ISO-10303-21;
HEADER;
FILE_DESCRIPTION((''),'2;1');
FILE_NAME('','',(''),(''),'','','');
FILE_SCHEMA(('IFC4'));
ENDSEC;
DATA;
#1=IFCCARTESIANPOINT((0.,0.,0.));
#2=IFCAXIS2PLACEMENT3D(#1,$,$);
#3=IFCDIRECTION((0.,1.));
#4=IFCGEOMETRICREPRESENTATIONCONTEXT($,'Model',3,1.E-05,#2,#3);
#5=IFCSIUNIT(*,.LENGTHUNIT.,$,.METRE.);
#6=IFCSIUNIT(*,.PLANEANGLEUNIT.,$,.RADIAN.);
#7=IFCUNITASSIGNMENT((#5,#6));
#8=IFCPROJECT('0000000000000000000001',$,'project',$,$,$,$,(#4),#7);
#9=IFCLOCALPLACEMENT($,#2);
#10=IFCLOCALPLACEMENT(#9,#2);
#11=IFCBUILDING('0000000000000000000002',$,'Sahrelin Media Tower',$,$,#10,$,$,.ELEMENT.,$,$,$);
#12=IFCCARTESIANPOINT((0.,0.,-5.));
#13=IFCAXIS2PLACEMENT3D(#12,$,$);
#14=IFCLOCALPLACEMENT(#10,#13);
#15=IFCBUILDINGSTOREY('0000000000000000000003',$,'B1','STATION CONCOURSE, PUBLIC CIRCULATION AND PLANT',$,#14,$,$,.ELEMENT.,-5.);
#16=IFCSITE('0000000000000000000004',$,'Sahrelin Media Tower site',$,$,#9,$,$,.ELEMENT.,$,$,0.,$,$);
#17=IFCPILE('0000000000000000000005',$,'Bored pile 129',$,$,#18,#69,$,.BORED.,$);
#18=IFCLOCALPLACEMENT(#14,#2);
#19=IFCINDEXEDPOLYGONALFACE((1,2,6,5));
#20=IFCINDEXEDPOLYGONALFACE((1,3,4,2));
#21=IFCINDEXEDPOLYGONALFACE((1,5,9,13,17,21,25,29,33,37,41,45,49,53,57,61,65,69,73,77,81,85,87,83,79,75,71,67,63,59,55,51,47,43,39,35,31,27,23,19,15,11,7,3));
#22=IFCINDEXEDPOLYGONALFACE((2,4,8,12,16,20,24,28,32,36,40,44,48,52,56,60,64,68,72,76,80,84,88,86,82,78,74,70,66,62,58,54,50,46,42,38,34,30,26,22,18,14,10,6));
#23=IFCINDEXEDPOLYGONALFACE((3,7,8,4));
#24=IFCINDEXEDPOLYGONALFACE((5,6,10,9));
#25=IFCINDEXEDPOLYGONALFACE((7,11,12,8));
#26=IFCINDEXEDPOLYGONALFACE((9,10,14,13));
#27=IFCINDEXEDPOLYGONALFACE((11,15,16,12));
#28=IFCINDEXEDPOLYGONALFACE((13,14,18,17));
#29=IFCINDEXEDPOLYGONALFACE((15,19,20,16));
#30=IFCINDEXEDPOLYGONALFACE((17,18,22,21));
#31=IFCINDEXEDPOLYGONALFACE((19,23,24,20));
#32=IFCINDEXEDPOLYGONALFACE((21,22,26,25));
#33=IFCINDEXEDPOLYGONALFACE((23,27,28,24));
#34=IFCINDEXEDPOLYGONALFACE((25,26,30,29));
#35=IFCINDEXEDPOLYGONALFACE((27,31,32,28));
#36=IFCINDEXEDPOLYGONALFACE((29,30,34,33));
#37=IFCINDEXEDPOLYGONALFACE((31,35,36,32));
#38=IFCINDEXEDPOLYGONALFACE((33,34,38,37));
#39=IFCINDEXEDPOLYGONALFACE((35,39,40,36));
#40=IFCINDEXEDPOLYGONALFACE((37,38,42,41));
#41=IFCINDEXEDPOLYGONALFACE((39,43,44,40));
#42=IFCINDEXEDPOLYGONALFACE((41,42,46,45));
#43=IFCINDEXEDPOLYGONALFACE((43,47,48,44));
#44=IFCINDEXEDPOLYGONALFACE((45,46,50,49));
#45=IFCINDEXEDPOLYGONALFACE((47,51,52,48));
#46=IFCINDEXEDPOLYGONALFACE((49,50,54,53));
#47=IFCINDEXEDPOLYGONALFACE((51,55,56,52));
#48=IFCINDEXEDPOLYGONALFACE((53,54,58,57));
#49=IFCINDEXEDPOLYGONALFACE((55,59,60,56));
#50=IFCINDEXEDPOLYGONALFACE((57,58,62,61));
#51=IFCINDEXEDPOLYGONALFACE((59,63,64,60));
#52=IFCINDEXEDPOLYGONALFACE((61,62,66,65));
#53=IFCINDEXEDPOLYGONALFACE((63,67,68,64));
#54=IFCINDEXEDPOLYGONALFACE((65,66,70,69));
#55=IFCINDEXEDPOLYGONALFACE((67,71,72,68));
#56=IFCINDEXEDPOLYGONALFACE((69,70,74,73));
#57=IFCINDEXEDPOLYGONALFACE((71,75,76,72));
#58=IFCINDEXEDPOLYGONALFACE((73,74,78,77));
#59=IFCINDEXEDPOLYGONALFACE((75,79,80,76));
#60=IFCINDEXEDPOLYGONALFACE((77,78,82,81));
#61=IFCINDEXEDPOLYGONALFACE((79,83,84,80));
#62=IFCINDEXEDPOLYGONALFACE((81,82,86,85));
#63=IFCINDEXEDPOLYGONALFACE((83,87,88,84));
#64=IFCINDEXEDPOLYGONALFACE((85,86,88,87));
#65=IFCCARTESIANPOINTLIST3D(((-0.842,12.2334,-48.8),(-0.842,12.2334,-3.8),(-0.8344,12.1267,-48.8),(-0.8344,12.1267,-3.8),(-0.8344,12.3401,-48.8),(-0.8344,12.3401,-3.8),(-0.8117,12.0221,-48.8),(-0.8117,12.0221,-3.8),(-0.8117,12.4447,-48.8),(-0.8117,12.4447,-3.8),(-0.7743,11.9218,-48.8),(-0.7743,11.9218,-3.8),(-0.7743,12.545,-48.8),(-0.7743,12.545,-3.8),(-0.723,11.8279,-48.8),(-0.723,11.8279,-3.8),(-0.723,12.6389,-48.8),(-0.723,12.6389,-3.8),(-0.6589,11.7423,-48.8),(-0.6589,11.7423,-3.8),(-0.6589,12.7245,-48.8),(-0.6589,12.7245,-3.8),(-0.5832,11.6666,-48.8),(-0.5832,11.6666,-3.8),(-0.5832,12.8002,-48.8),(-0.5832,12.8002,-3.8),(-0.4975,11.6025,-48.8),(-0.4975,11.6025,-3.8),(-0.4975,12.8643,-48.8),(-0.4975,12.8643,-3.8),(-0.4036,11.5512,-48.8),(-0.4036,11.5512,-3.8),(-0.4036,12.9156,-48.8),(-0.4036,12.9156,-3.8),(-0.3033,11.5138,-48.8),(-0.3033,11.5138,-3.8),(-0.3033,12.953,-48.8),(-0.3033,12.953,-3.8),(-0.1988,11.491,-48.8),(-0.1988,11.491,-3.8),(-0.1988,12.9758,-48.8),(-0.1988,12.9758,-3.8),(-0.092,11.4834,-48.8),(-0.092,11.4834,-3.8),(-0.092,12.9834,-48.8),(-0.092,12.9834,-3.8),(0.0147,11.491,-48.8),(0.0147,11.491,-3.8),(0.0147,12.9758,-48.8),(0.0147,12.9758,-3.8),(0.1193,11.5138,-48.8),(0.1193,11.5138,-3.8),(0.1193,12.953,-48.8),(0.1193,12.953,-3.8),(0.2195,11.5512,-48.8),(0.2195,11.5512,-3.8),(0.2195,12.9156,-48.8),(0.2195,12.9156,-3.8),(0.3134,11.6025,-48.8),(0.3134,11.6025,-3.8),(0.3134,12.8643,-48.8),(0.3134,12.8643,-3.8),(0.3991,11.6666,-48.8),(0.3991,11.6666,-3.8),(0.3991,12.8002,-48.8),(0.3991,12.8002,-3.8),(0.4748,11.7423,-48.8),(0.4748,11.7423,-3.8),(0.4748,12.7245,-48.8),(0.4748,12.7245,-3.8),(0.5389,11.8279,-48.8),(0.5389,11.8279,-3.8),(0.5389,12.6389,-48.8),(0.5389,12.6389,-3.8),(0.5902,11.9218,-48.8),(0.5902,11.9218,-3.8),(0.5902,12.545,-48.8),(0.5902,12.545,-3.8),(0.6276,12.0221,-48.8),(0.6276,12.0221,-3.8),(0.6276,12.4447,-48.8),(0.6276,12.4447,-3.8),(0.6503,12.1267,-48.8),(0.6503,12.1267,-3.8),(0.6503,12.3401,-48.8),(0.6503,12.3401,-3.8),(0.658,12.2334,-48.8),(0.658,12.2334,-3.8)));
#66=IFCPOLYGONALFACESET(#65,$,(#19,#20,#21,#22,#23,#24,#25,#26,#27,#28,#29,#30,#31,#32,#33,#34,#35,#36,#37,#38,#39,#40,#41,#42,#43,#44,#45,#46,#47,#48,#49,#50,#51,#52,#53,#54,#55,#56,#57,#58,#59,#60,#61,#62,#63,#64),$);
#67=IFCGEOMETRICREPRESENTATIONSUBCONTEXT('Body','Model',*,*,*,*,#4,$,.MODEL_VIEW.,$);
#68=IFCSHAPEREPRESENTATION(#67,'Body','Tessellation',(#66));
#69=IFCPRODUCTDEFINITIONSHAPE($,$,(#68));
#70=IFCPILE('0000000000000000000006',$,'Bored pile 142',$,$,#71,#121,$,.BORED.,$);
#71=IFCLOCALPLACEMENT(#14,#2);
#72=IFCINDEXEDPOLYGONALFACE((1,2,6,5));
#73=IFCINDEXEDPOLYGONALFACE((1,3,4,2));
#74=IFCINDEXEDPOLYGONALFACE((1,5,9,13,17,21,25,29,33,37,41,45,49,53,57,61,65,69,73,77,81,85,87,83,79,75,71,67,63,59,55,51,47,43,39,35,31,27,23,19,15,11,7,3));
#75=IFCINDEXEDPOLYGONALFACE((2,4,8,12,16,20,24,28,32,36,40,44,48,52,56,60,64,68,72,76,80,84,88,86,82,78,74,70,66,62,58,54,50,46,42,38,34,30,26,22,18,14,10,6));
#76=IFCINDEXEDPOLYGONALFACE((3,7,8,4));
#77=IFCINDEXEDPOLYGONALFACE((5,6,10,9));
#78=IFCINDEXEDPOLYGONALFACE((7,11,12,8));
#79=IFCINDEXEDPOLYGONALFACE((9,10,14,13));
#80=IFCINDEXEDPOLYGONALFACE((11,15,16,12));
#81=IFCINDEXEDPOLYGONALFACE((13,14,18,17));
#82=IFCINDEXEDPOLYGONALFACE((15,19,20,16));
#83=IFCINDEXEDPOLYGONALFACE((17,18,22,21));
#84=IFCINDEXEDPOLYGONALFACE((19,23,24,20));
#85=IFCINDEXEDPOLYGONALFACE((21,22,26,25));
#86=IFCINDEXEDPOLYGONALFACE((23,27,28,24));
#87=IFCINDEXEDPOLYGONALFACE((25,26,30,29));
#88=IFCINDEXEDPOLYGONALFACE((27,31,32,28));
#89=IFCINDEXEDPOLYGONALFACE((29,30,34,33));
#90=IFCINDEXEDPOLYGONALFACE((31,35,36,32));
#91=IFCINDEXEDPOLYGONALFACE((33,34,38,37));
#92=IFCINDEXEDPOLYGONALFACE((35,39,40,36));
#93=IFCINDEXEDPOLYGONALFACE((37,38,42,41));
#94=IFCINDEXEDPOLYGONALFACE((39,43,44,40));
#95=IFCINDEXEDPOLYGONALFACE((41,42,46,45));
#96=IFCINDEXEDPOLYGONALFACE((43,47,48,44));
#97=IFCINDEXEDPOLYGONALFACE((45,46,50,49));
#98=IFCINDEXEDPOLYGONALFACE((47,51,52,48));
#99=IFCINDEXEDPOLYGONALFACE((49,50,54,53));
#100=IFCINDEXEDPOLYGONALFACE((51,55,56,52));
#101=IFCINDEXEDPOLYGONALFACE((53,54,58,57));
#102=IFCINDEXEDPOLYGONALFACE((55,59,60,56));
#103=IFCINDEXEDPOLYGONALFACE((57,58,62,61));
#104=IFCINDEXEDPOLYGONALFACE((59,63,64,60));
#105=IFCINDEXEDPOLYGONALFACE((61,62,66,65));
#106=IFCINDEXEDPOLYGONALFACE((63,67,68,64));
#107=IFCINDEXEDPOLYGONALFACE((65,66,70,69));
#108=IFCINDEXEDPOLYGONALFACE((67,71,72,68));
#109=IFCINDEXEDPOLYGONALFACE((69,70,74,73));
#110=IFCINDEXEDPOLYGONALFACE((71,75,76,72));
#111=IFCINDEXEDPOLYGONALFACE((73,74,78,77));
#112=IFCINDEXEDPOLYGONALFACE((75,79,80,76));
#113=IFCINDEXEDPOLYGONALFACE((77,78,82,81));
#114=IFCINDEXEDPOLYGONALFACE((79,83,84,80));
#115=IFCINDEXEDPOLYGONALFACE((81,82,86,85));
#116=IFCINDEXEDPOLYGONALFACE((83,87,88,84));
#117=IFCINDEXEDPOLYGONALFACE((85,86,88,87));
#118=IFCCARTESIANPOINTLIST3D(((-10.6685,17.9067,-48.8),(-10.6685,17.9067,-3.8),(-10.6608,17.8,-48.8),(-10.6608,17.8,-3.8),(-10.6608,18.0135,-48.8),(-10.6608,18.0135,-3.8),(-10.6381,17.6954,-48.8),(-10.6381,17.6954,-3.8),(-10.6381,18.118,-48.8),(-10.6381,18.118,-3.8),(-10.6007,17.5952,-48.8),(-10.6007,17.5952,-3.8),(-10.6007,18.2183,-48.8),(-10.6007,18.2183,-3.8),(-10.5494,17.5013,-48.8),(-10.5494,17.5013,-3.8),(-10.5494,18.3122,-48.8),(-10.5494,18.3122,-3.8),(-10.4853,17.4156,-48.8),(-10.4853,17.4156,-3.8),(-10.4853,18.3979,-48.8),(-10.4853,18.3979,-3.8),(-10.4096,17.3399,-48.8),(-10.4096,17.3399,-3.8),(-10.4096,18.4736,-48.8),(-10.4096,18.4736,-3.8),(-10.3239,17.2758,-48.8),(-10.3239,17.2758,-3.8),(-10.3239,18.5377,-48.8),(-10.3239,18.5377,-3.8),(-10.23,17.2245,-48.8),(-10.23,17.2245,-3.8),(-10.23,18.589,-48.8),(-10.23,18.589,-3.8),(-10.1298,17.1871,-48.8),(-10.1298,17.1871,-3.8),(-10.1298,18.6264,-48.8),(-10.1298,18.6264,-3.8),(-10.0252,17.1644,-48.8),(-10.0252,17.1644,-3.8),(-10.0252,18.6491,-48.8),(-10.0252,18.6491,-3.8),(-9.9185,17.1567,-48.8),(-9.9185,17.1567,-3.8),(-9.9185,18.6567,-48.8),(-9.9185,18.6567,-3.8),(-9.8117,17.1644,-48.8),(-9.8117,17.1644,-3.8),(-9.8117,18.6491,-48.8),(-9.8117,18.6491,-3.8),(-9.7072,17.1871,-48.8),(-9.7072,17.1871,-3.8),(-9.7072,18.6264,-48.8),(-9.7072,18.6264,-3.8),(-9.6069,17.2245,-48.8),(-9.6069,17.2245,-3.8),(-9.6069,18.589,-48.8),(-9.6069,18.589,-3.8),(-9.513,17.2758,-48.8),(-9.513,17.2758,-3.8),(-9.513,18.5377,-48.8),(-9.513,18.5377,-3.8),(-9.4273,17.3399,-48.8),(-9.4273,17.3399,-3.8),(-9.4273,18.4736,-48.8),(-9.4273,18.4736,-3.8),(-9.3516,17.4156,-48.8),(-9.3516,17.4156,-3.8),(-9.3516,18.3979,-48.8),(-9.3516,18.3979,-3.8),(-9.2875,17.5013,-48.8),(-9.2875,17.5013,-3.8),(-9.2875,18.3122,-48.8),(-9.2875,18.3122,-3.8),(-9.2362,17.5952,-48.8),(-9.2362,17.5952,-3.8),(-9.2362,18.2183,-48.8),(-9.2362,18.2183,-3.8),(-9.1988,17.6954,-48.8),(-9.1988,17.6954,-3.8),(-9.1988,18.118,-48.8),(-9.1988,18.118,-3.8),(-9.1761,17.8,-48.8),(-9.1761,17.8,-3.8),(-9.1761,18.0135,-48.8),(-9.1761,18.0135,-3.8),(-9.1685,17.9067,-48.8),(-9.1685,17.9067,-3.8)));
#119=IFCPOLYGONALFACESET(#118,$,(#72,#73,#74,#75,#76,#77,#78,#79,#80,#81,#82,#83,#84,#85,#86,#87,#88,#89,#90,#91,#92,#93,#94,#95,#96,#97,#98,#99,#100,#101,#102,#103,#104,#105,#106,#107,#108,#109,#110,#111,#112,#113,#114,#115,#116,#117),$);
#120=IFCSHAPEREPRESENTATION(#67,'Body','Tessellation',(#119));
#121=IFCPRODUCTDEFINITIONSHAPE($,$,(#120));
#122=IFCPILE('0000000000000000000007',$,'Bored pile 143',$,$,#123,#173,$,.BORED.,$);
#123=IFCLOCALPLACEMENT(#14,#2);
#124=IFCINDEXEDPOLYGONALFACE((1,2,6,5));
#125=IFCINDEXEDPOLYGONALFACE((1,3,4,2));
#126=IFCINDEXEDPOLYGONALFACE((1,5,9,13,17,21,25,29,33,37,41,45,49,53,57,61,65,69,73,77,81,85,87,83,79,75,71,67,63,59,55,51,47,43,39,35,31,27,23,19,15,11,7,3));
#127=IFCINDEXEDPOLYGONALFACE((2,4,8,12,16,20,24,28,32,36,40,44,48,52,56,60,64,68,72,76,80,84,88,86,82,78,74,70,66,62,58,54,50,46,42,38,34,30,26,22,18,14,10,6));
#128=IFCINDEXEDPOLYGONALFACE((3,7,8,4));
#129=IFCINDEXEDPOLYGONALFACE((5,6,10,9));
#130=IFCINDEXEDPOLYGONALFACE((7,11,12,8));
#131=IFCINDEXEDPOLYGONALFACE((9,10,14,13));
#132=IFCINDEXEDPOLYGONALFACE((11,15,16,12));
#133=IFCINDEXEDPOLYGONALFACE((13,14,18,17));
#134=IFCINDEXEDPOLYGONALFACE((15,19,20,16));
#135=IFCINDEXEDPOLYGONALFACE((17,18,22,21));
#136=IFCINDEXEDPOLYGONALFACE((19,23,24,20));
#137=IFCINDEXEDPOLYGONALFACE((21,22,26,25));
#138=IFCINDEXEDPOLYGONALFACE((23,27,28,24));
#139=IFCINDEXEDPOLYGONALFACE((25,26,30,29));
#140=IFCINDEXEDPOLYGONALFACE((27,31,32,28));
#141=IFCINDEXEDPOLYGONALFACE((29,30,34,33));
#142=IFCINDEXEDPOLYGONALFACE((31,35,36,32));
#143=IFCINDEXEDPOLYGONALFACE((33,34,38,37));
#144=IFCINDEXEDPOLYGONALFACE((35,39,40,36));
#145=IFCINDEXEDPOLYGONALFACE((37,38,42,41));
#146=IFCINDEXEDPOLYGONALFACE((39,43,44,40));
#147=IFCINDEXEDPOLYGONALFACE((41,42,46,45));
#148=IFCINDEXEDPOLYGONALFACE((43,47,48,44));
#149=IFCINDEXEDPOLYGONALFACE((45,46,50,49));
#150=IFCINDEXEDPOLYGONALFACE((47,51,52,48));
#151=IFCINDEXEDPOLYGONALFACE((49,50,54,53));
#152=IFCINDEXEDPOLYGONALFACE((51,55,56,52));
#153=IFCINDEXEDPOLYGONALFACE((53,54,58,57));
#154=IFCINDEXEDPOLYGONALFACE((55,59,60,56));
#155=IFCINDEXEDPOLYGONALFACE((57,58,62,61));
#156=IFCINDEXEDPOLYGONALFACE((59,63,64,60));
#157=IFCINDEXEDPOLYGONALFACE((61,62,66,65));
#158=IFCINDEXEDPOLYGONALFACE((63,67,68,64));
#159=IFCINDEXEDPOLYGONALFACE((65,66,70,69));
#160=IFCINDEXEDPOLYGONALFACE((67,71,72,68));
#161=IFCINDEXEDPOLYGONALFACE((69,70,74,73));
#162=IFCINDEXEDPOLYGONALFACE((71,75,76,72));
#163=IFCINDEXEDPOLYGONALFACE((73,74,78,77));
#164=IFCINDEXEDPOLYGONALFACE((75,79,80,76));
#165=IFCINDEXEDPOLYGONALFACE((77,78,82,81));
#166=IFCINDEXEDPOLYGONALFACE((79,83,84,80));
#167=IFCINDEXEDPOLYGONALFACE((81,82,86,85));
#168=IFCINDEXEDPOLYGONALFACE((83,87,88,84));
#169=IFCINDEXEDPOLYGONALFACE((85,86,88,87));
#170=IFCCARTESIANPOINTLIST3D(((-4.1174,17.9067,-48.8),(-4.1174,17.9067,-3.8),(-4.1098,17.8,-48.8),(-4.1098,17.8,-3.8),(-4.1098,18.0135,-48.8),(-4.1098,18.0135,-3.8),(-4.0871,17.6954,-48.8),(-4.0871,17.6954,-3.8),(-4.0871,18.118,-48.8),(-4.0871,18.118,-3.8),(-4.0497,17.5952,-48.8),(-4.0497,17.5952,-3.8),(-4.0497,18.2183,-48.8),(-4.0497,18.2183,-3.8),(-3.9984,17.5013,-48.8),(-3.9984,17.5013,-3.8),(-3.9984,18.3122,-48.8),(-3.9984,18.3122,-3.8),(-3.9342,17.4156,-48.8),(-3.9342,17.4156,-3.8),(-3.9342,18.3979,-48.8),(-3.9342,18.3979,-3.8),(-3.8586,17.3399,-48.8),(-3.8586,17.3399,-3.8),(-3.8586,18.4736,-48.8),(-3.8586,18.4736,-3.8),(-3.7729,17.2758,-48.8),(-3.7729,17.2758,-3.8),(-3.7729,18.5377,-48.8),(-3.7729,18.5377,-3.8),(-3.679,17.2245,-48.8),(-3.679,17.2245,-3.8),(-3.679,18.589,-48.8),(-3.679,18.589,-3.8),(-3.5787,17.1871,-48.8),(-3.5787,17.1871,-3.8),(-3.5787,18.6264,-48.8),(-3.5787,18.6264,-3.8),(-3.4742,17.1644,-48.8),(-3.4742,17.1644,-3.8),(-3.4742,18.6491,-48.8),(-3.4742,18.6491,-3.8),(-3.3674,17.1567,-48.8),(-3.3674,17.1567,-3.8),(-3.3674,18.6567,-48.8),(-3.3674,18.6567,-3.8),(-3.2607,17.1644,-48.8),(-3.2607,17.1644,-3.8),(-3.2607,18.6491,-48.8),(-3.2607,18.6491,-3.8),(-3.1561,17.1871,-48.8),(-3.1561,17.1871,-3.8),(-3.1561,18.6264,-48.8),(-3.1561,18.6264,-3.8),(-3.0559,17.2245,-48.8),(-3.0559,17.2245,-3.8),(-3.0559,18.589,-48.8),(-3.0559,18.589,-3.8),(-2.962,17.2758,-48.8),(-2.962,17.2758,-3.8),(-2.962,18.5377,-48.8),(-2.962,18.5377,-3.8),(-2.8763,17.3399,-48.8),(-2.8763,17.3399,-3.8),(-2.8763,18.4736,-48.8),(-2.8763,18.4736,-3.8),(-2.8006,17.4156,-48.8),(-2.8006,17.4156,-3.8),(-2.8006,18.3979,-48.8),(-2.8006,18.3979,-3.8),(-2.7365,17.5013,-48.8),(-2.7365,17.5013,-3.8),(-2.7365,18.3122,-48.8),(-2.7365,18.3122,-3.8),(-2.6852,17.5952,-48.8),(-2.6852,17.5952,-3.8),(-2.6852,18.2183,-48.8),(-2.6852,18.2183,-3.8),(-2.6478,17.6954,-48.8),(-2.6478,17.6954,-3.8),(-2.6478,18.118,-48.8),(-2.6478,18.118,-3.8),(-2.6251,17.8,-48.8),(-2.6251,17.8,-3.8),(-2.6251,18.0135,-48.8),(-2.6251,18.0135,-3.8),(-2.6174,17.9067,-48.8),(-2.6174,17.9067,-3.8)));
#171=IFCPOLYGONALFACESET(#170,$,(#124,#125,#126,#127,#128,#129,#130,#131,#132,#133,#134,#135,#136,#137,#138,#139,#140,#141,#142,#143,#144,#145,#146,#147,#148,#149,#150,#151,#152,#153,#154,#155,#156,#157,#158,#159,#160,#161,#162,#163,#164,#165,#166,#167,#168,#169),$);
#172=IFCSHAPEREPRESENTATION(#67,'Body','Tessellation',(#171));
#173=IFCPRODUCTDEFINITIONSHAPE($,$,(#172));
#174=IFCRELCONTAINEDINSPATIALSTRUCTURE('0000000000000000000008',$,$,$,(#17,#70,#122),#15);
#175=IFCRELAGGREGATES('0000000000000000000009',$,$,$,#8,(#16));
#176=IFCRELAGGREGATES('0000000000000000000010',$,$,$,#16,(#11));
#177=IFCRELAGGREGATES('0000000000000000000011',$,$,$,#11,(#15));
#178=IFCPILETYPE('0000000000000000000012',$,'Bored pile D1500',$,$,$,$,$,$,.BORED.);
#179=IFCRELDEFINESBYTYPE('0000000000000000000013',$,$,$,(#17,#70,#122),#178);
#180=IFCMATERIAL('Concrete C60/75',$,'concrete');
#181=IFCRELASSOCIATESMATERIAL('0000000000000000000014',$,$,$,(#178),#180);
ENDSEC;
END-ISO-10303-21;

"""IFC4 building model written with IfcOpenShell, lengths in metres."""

from ifc_helpers import new_model, si_unit, direction, frame, origin, origin_2d, place, context, subcontext, project, spatial, circle, extrude, material, material_profile, profile_set, type_object, element, save


model = new_model("IFC4")

# Units and contexts
model_context = context("Model", 3, precision=1e-05, world=origin(), true_north=direction((0.0, 1.0)))
body_context = subcontext(model_context, "Body", "Model", "MODEL_VIEW")
ifc_project = project(units=[si_unit("LENGTHUNIT", "METRE"), si_unit("PLANEANGLEUNIT", "RADIAN")], contexts=[model_context])

# Site, building, storey
site_placement = place(None, origin())
site = spatial("IfcSite", under=ifc_project, at=site_placement, Name="Sahrelin Media Tower site", CompositionType="ELEMENT", RefElevation=0.0)
building_placement = place(site_placement, origin())
building = spatial("IfcBuilding", under=site, at=building_placement, Name="Sahrelin Media Tower", CompositionType="ELEMENT")
storey_placement = place(building_placement, frame((0.0, 0.0, -5.0)))
storey = spatial("IfcBuildingStorey", under=building, at=storey_placement, Name="B1", Description="STATION CONCOURSE, PUBLIC CIRCULATION AND PLANT", CompositionType="ELEMENT", Elevation=-5.0)

# Piles
ifc_material_1 = material(Name="Concrete C60/75", Category="concrete")
ifc_material_profile = material_profile(ifc_material_1, circle(Radius=0.75, at=origin_2d()), Name="Bored pile D1500")
ifc_profile_set = profile_set([ifc_material_profile], Name="Concrete C60/75")
pile_type = type_object("IfcPileType", Name="Bored pile D1500", PredefinedType="BORED", material=ifc_profile_set)
for number, where, z_axis, x_axis, name in (
    (1, (-0.092, 12.2334, -3.8), (0.0, 0.0, -1.0), (1.0, 0.0, 0.0), "Bored pile 129"),
    (2, (-9.9185, 17.9067, -3.8), (0.0, 0.0, -1.0), (1.0, 0.0, 0.0), "Bored pile 142"),
    (3, (-3.3674, 17.9067, -3.8), (0.0, 0.0, -1.0), (1.0, 0.0, 0.0), "Bored pile 143"),
):
    element("IfcPile", number, at=place(storey_placement, frame(where, z_axis=z_axis, x_axis=x_axis)), inside=storey, type_object=pile_type, Name=name, PredefinedType="BORED", context=body_context, shape_type="SweptSolid", body=[
        extrude(circle(Radius=0.75, at=origin_2d()), origin(), (0.0, 0.0, 1.0), 45.0),
    ])

save(model, "model.ifc")
